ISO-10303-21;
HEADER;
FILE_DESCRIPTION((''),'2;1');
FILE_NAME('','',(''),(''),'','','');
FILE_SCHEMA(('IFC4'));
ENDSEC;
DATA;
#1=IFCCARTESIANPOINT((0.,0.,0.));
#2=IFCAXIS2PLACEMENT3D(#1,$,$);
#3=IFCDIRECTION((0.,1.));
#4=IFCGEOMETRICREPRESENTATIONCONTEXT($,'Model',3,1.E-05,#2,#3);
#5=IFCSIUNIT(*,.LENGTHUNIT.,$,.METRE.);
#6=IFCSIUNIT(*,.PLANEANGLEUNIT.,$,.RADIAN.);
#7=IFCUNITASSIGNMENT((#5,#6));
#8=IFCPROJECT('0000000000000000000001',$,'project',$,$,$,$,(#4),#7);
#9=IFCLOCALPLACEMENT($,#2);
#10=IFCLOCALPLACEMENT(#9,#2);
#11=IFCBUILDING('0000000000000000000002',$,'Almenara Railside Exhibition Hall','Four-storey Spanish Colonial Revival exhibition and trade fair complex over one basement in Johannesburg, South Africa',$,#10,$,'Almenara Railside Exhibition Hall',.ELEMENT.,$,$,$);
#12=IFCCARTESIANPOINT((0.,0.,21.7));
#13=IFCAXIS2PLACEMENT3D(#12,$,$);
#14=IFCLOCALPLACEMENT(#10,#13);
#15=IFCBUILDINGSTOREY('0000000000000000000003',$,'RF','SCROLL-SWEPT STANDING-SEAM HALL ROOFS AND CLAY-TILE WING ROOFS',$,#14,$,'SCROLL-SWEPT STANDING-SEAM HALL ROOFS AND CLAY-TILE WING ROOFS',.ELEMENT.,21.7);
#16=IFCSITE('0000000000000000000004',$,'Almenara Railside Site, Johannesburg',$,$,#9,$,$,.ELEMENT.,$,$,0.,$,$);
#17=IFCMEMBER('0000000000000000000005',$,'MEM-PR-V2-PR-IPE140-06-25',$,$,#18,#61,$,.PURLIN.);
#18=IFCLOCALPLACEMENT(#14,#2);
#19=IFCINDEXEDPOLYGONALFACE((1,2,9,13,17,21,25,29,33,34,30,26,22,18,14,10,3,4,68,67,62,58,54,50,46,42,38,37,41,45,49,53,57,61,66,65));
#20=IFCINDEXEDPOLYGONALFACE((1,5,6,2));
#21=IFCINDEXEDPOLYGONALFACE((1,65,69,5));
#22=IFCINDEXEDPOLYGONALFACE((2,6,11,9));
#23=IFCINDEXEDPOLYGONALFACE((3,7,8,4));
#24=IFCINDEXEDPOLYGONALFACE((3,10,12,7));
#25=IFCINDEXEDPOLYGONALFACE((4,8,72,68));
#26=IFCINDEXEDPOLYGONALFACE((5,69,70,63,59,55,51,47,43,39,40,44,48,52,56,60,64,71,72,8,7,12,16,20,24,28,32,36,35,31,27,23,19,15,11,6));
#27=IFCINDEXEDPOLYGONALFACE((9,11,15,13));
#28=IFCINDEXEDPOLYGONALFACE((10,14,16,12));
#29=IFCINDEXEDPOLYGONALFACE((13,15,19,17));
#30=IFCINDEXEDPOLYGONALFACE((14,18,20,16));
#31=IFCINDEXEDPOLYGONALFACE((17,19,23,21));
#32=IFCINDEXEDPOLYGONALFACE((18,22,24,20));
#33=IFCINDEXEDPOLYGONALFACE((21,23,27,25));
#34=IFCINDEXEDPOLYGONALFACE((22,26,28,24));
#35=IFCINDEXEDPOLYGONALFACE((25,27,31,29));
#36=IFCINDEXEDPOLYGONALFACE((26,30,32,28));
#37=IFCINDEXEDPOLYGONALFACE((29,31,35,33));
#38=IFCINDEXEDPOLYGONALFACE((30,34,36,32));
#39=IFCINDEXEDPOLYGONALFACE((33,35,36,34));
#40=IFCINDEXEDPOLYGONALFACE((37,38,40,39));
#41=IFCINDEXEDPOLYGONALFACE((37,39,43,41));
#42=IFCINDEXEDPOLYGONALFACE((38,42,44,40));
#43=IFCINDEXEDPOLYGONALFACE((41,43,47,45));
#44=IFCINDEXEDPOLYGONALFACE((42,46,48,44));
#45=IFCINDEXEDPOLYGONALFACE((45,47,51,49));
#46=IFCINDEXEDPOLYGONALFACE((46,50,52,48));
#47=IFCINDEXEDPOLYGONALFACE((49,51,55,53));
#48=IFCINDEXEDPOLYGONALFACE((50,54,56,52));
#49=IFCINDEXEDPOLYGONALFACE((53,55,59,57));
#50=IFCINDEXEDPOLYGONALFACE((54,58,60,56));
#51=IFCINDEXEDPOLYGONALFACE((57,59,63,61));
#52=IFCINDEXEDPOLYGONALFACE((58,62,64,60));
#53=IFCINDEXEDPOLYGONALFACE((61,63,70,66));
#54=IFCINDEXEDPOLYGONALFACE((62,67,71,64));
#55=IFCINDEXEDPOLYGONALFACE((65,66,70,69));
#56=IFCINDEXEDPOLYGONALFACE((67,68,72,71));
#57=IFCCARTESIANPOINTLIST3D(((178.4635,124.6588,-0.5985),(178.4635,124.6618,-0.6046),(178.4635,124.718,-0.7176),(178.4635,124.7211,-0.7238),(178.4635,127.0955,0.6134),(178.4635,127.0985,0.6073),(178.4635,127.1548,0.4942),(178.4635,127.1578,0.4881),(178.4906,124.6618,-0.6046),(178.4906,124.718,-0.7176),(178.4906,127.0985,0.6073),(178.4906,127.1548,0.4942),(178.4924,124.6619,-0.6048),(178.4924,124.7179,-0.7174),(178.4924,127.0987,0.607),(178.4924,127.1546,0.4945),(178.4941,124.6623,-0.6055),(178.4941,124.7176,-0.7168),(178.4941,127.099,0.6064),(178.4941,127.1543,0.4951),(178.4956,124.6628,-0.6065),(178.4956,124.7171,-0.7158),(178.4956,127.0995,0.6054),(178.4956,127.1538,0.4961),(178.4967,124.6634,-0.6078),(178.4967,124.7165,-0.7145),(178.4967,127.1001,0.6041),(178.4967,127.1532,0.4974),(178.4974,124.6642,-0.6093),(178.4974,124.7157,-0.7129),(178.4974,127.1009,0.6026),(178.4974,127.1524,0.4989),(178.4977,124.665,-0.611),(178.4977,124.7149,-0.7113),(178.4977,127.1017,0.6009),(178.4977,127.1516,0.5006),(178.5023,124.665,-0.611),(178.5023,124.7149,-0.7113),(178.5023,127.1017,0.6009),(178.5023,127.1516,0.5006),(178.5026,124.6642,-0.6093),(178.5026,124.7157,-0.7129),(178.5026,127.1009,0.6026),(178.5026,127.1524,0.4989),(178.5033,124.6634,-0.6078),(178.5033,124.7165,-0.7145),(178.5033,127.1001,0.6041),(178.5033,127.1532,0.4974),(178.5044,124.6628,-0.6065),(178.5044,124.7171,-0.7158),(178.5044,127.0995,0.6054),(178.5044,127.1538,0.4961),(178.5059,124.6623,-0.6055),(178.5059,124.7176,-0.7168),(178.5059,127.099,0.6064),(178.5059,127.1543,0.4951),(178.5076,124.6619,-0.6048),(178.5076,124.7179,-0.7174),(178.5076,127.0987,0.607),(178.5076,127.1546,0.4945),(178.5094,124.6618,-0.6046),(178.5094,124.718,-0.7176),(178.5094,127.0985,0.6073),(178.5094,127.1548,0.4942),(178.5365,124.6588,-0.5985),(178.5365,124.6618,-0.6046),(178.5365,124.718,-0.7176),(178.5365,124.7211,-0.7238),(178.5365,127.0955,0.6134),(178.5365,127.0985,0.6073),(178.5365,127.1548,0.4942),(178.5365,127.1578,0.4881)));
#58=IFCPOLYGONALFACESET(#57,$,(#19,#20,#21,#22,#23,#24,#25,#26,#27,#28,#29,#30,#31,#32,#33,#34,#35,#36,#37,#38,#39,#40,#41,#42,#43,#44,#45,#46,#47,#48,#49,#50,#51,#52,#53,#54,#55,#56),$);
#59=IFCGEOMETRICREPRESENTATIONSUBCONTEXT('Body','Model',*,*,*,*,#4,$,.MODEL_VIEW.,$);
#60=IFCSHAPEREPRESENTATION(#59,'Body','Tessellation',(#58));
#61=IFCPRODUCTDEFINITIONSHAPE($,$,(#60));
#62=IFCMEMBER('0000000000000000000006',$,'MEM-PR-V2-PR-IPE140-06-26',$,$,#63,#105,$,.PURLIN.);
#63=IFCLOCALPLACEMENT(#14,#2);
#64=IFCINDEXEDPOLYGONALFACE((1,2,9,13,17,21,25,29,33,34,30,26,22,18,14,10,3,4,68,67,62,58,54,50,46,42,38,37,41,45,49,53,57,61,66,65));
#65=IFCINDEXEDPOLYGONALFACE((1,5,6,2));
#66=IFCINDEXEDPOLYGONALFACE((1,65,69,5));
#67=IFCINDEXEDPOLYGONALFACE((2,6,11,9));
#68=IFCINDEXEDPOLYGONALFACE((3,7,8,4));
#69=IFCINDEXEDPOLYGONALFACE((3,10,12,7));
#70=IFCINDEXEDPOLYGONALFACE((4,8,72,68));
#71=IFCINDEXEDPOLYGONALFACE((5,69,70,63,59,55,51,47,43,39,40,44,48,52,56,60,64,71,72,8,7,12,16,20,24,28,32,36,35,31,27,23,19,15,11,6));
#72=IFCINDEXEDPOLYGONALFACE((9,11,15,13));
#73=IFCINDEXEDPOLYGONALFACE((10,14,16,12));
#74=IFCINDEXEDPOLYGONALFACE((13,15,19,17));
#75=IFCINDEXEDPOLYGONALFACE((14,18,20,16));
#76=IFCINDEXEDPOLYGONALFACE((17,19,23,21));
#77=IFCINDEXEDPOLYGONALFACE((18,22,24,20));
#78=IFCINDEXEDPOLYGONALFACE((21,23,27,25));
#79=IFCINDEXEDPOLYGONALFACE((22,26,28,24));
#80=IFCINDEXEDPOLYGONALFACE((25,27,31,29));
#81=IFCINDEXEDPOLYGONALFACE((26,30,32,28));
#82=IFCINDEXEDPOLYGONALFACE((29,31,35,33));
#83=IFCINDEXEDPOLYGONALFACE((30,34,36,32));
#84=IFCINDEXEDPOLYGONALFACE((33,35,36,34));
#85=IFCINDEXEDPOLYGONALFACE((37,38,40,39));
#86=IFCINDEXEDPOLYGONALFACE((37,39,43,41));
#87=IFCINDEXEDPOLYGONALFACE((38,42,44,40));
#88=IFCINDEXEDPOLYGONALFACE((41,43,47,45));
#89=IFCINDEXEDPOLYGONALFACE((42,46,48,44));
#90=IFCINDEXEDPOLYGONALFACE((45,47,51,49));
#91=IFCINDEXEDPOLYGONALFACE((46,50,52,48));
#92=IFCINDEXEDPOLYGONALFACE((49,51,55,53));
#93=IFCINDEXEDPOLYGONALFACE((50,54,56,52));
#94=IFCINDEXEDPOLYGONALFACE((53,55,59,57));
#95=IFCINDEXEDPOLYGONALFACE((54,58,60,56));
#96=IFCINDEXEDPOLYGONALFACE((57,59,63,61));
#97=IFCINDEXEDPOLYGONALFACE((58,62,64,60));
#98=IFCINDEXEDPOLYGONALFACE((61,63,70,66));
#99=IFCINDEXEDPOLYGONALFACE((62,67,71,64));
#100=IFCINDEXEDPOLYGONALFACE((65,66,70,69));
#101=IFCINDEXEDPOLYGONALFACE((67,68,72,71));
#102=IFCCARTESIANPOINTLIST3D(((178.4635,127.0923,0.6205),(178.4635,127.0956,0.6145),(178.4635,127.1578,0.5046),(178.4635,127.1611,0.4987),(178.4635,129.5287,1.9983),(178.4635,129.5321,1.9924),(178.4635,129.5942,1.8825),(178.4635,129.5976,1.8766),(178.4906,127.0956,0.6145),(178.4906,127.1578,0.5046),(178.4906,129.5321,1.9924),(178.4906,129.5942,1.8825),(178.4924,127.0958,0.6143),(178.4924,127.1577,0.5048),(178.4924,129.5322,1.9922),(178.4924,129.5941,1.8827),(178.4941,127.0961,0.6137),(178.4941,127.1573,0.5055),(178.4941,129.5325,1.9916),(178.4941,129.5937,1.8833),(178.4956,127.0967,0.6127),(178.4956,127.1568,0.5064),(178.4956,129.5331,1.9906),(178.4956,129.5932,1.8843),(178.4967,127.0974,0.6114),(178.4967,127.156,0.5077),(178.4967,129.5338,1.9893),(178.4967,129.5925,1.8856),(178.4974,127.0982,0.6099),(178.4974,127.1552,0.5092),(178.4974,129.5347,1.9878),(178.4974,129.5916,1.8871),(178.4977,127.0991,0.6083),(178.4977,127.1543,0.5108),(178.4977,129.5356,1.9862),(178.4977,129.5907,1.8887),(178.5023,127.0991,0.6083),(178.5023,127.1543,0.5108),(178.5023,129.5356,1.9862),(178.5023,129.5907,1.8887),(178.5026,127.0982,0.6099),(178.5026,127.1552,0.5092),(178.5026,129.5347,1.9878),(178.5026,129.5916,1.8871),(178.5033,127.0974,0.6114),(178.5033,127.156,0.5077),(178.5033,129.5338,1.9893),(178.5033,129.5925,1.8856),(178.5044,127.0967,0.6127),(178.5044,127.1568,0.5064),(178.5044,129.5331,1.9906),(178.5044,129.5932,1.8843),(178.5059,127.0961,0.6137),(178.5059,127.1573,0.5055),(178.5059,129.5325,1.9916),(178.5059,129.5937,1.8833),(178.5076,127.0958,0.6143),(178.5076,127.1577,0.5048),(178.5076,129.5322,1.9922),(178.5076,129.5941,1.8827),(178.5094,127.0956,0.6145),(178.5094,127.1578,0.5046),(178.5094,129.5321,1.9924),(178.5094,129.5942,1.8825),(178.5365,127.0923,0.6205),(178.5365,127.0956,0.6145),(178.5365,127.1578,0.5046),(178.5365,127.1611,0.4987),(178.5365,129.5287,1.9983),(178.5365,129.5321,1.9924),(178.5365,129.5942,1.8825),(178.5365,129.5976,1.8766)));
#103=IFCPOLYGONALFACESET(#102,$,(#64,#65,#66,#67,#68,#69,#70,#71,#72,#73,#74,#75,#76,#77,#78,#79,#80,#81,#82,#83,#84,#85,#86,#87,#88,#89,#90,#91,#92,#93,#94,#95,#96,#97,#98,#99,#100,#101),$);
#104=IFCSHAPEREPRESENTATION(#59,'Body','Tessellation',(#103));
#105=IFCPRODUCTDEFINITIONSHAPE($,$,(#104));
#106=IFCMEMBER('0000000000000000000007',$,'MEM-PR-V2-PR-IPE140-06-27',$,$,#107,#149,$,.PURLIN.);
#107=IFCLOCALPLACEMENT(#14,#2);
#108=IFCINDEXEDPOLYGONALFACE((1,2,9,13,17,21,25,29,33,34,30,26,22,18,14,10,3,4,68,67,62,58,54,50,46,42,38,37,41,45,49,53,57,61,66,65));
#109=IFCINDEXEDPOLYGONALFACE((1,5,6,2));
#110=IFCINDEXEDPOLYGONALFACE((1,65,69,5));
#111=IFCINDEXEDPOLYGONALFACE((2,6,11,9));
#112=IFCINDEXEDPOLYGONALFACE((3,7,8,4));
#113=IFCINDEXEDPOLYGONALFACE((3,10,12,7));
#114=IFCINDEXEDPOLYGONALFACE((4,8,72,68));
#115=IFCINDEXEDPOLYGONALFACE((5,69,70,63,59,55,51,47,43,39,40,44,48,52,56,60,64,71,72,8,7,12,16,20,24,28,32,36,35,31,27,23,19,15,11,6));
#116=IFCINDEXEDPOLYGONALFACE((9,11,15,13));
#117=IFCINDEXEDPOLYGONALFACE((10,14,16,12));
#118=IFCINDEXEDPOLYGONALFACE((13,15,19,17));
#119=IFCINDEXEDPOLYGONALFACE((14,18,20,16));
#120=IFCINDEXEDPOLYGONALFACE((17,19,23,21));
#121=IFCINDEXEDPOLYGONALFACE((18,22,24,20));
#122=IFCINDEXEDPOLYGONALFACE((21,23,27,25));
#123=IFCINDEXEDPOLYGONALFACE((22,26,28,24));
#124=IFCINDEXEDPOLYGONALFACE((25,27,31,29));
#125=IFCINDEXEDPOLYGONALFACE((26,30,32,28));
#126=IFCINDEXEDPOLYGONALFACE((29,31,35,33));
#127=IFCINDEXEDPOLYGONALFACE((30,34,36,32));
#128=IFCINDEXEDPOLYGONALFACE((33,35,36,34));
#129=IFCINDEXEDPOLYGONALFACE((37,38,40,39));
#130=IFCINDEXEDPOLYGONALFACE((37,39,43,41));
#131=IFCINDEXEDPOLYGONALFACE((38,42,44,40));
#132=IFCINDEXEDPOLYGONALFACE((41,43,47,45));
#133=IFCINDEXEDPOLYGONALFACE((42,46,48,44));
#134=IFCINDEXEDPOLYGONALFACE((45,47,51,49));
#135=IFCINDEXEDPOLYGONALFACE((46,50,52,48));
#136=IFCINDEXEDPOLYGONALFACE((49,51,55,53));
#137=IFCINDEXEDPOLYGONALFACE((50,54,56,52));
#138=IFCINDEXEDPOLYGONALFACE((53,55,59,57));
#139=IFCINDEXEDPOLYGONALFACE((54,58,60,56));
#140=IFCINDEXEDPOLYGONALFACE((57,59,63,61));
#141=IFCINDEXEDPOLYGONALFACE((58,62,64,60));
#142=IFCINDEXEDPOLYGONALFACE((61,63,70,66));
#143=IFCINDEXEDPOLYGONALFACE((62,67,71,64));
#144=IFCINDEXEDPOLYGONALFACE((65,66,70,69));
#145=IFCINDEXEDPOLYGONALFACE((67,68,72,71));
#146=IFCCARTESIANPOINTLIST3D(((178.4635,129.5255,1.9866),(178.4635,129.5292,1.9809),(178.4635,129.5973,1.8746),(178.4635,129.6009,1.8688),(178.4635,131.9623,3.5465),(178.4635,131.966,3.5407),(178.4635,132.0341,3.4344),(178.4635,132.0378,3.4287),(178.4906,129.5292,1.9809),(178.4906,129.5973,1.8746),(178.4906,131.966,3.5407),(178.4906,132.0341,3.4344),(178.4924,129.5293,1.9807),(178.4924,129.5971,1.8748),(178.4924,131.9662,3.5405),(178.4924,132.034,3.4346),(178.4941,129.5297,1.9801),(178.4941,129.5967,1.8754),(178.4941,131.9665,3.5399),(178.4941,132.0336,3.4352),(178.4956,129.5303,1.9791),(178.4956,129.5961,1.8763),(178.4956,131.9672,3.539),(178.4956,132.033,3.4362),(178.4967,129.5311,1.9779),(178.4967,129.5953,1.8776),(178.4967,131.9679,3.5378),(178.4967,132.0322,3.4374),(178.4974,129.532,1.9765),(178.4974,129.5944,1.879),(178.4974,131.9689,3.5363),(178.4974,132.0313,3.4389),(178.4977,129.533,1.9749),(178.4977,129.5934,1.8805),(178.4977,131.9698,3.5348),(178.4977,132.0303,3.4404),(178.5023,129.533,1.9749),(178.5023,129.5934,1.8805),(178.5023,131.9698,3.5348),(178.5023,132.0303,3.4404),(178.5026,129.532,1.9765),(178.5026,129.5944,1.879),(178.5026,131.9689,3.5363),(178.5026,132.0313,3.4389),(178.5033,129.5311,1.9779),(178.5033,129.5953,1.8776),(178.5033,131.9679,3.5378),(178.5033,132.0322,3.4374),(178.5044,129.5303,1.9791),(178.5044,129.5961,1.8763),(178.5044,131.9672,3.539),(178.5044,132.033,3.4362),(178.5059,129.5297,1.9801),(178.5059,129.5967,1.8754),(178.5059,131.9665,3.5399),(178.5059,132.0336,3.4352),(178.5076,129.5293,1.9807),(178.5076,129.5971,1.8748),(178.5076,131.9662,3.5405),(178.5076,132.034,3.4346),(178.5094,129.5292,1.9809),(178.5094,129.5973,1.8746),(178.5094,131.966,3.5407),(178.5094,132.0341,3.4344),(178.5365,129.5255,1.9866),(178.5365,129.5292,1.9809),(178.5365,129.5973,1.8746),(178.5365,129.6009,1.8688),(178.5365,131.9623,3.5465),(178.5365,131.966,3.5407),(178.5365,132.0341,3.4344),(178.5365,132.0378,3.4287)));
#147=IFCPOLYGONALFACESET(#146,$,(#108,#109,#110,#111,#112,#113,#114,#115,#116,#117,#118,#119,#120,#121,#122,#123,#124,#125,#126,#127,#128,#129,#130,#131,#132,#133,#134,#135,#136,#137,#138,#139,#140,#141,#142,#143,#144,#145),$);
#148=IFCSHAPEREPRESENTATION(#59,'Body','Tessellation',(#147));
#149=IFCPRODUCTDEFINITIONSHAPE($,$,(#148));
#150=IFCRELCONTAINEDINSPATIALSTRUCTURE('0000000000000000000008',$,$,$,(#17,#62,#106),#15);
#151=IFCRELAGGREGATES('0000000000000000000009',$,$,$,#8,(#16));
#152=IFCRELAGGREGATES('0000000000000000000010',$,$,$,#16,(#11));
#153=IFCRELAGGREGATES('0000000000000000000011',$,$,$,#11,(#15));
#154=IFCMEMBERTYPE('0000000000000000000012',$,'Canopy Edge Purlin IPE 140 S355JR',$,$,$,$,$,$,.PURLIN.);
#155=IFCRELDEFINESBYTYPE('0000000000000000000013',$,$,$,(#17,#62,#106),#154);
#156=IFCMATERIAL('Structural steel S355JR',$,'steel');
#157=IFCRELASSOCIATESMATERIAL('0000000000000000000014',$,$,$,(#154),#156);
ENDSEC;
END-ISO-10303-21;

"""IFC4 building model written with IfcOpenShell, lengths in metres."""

from ifc_helpers import new_model, si_unit, direction, frame, origin, origin_2d, place, context, subcontext, project, spatial, i_section, extrude, material, material_profile, profile_set, type_object, element, save


model = new_model("IFC4")

# Units and contexts
model_context = context("Model", 3, precision=1e-05, world=origin(), true_north=direction((0.0, 1.0)))
body_context = subcontext(model_context, "Body", "Model", "MODEL_VIEW")
ifc_project = project(units=[si_unit("LENGTHUNIT", "METRE"), si_unit("PLANEANGLEUNIT", "RADIAN")], contexts=[model_context])

# Site, building, storey
site_placement = place(None, origin())
site = spatial("IfcSite", under=ifc_project, at=site_placement, Name="Almenara Railside Site, Johannesburg", CompositionType="ELEMENT", RefElevation=0.0)
building_placement = place(site_placement, origin())
building = spatial("IfcBuilding", under=site, at=building_placement, Name="Almenara Railside Exhibition Hall", Description="Four-storey Spanish Colonial Revival exhibition and trade fair complex over one basement in Johannesburg, South Africa", LongName="Almenara Railside Exhibition Hall", CompositionType="ELEMENT")
storey_placement = place(building_placement, frame((0.0, 0.0, 21.7)))
storey = spatial("IfcBuildingStorey", under=building, at=storey_placement, Name="RF", Description="SCROLL-SWEPT STANDING-SEAM HALL ROOFS AND CLAY-TILE WING ROOFS", LongName="SCROLL-SWEPT STANDING-SEAM HALL ROOFS AND CLAY-TILE WING ROOFS", CompositionType="ELEMENT", Elevation=21.7)

# Members
ifc_material_1 = material(Name="Structural steel S355JR", Category="steel")
ifc_material_profile_1 = material_profile(ifc_material_1, i_section(OverallWidth=0.073, OverallDepth=0.1399, WebThickness=0.0046, FlangeThickness=0.0068, FilletRadius=0.0071, at=origin_2d()), Name="IPE 140")
ifc_profile_set_1 = profile_set([ifc_material_profile_1], Name="Structural steel S355JR")
member_type_1 = type_object("IfcMemberType", Name="Canopy Edge Purlin IPE 140 S355JR", PredefinedType="PURLIN", material=ifc_profile_set_1)
member_1_placement = place(storey_placement, frame((178.5, 124.6899, -0.6611), z_axis=(0.0, 0.895376, 0.445311), x_axis=(-1.0, 0.0, 0.0)))
element("IfcMember", 1, at=member_1_placement, inside=storey, type_object=member_type_1, Name="MEM-PR-V2-PR-IPE140-06-25", PredefinedType="PURLIN", context=body_context, shape_type="SweptSolid", body=[
    extrude(i_section(OverallWidth=0.073, OverallDepth=0.1399, WebThickness=0.0046, FlangeThickness=0.0068, FilletRadius=0.0071, at=origin_2d()), origin(), (0.0, 0.0, 1.0), 2.7214),
])
member_2_placement = place(storey_placement, frame((178.5, 127.1267, 0.5596), z_axis=(0.0, 0.870446, 0.492264), x_axis=(-1.0, 0.0, 0.0)))
element("IfcMember", 2, at=member_2_placement, inside=storey, type_object=member_type_1, Name="MEM-PR-V2-PR-IPE140-06-26", PredefinedType="PURLIN", context=body_context, shape_type="SweptSolid", body=[
    extrude(i_section(OverallWidth=0.073, OverallDepth=0.1399, WebThickness=0.0046, FlangeThickness=0.0068, FilletRadius=0.0071, at=origin_2d()), origin(), (0.0, 0.0, 1.0), 2.7991),
])
member_3_placement = place(storey_placement, frame((178.5, 129.5632, 1.9277), z_axis=(0.0, 0.842227, 0.539123), x_axis=(-1.0, 0.0, 0.0)))
element("IfcMember", 3, at=member_3_placement, inside=storey, type_object=member_type_1, Name="MEM-PR-V2-PR-IPE140-06-27", PredefinedType="PURLIN", context=body_context, shape_type="SweptSolid", body=[
    extrude(i_section(OverallWidth=0.073, OverallDepth=0.1399, WebThickness=0.0046, FlangeThickness=0.0068, FilletRadius=0.0071, at=origin_2d()), origin(), (0.0, 0.0, 1.0), 2.8933),
])

save(model, "model.ifc")
